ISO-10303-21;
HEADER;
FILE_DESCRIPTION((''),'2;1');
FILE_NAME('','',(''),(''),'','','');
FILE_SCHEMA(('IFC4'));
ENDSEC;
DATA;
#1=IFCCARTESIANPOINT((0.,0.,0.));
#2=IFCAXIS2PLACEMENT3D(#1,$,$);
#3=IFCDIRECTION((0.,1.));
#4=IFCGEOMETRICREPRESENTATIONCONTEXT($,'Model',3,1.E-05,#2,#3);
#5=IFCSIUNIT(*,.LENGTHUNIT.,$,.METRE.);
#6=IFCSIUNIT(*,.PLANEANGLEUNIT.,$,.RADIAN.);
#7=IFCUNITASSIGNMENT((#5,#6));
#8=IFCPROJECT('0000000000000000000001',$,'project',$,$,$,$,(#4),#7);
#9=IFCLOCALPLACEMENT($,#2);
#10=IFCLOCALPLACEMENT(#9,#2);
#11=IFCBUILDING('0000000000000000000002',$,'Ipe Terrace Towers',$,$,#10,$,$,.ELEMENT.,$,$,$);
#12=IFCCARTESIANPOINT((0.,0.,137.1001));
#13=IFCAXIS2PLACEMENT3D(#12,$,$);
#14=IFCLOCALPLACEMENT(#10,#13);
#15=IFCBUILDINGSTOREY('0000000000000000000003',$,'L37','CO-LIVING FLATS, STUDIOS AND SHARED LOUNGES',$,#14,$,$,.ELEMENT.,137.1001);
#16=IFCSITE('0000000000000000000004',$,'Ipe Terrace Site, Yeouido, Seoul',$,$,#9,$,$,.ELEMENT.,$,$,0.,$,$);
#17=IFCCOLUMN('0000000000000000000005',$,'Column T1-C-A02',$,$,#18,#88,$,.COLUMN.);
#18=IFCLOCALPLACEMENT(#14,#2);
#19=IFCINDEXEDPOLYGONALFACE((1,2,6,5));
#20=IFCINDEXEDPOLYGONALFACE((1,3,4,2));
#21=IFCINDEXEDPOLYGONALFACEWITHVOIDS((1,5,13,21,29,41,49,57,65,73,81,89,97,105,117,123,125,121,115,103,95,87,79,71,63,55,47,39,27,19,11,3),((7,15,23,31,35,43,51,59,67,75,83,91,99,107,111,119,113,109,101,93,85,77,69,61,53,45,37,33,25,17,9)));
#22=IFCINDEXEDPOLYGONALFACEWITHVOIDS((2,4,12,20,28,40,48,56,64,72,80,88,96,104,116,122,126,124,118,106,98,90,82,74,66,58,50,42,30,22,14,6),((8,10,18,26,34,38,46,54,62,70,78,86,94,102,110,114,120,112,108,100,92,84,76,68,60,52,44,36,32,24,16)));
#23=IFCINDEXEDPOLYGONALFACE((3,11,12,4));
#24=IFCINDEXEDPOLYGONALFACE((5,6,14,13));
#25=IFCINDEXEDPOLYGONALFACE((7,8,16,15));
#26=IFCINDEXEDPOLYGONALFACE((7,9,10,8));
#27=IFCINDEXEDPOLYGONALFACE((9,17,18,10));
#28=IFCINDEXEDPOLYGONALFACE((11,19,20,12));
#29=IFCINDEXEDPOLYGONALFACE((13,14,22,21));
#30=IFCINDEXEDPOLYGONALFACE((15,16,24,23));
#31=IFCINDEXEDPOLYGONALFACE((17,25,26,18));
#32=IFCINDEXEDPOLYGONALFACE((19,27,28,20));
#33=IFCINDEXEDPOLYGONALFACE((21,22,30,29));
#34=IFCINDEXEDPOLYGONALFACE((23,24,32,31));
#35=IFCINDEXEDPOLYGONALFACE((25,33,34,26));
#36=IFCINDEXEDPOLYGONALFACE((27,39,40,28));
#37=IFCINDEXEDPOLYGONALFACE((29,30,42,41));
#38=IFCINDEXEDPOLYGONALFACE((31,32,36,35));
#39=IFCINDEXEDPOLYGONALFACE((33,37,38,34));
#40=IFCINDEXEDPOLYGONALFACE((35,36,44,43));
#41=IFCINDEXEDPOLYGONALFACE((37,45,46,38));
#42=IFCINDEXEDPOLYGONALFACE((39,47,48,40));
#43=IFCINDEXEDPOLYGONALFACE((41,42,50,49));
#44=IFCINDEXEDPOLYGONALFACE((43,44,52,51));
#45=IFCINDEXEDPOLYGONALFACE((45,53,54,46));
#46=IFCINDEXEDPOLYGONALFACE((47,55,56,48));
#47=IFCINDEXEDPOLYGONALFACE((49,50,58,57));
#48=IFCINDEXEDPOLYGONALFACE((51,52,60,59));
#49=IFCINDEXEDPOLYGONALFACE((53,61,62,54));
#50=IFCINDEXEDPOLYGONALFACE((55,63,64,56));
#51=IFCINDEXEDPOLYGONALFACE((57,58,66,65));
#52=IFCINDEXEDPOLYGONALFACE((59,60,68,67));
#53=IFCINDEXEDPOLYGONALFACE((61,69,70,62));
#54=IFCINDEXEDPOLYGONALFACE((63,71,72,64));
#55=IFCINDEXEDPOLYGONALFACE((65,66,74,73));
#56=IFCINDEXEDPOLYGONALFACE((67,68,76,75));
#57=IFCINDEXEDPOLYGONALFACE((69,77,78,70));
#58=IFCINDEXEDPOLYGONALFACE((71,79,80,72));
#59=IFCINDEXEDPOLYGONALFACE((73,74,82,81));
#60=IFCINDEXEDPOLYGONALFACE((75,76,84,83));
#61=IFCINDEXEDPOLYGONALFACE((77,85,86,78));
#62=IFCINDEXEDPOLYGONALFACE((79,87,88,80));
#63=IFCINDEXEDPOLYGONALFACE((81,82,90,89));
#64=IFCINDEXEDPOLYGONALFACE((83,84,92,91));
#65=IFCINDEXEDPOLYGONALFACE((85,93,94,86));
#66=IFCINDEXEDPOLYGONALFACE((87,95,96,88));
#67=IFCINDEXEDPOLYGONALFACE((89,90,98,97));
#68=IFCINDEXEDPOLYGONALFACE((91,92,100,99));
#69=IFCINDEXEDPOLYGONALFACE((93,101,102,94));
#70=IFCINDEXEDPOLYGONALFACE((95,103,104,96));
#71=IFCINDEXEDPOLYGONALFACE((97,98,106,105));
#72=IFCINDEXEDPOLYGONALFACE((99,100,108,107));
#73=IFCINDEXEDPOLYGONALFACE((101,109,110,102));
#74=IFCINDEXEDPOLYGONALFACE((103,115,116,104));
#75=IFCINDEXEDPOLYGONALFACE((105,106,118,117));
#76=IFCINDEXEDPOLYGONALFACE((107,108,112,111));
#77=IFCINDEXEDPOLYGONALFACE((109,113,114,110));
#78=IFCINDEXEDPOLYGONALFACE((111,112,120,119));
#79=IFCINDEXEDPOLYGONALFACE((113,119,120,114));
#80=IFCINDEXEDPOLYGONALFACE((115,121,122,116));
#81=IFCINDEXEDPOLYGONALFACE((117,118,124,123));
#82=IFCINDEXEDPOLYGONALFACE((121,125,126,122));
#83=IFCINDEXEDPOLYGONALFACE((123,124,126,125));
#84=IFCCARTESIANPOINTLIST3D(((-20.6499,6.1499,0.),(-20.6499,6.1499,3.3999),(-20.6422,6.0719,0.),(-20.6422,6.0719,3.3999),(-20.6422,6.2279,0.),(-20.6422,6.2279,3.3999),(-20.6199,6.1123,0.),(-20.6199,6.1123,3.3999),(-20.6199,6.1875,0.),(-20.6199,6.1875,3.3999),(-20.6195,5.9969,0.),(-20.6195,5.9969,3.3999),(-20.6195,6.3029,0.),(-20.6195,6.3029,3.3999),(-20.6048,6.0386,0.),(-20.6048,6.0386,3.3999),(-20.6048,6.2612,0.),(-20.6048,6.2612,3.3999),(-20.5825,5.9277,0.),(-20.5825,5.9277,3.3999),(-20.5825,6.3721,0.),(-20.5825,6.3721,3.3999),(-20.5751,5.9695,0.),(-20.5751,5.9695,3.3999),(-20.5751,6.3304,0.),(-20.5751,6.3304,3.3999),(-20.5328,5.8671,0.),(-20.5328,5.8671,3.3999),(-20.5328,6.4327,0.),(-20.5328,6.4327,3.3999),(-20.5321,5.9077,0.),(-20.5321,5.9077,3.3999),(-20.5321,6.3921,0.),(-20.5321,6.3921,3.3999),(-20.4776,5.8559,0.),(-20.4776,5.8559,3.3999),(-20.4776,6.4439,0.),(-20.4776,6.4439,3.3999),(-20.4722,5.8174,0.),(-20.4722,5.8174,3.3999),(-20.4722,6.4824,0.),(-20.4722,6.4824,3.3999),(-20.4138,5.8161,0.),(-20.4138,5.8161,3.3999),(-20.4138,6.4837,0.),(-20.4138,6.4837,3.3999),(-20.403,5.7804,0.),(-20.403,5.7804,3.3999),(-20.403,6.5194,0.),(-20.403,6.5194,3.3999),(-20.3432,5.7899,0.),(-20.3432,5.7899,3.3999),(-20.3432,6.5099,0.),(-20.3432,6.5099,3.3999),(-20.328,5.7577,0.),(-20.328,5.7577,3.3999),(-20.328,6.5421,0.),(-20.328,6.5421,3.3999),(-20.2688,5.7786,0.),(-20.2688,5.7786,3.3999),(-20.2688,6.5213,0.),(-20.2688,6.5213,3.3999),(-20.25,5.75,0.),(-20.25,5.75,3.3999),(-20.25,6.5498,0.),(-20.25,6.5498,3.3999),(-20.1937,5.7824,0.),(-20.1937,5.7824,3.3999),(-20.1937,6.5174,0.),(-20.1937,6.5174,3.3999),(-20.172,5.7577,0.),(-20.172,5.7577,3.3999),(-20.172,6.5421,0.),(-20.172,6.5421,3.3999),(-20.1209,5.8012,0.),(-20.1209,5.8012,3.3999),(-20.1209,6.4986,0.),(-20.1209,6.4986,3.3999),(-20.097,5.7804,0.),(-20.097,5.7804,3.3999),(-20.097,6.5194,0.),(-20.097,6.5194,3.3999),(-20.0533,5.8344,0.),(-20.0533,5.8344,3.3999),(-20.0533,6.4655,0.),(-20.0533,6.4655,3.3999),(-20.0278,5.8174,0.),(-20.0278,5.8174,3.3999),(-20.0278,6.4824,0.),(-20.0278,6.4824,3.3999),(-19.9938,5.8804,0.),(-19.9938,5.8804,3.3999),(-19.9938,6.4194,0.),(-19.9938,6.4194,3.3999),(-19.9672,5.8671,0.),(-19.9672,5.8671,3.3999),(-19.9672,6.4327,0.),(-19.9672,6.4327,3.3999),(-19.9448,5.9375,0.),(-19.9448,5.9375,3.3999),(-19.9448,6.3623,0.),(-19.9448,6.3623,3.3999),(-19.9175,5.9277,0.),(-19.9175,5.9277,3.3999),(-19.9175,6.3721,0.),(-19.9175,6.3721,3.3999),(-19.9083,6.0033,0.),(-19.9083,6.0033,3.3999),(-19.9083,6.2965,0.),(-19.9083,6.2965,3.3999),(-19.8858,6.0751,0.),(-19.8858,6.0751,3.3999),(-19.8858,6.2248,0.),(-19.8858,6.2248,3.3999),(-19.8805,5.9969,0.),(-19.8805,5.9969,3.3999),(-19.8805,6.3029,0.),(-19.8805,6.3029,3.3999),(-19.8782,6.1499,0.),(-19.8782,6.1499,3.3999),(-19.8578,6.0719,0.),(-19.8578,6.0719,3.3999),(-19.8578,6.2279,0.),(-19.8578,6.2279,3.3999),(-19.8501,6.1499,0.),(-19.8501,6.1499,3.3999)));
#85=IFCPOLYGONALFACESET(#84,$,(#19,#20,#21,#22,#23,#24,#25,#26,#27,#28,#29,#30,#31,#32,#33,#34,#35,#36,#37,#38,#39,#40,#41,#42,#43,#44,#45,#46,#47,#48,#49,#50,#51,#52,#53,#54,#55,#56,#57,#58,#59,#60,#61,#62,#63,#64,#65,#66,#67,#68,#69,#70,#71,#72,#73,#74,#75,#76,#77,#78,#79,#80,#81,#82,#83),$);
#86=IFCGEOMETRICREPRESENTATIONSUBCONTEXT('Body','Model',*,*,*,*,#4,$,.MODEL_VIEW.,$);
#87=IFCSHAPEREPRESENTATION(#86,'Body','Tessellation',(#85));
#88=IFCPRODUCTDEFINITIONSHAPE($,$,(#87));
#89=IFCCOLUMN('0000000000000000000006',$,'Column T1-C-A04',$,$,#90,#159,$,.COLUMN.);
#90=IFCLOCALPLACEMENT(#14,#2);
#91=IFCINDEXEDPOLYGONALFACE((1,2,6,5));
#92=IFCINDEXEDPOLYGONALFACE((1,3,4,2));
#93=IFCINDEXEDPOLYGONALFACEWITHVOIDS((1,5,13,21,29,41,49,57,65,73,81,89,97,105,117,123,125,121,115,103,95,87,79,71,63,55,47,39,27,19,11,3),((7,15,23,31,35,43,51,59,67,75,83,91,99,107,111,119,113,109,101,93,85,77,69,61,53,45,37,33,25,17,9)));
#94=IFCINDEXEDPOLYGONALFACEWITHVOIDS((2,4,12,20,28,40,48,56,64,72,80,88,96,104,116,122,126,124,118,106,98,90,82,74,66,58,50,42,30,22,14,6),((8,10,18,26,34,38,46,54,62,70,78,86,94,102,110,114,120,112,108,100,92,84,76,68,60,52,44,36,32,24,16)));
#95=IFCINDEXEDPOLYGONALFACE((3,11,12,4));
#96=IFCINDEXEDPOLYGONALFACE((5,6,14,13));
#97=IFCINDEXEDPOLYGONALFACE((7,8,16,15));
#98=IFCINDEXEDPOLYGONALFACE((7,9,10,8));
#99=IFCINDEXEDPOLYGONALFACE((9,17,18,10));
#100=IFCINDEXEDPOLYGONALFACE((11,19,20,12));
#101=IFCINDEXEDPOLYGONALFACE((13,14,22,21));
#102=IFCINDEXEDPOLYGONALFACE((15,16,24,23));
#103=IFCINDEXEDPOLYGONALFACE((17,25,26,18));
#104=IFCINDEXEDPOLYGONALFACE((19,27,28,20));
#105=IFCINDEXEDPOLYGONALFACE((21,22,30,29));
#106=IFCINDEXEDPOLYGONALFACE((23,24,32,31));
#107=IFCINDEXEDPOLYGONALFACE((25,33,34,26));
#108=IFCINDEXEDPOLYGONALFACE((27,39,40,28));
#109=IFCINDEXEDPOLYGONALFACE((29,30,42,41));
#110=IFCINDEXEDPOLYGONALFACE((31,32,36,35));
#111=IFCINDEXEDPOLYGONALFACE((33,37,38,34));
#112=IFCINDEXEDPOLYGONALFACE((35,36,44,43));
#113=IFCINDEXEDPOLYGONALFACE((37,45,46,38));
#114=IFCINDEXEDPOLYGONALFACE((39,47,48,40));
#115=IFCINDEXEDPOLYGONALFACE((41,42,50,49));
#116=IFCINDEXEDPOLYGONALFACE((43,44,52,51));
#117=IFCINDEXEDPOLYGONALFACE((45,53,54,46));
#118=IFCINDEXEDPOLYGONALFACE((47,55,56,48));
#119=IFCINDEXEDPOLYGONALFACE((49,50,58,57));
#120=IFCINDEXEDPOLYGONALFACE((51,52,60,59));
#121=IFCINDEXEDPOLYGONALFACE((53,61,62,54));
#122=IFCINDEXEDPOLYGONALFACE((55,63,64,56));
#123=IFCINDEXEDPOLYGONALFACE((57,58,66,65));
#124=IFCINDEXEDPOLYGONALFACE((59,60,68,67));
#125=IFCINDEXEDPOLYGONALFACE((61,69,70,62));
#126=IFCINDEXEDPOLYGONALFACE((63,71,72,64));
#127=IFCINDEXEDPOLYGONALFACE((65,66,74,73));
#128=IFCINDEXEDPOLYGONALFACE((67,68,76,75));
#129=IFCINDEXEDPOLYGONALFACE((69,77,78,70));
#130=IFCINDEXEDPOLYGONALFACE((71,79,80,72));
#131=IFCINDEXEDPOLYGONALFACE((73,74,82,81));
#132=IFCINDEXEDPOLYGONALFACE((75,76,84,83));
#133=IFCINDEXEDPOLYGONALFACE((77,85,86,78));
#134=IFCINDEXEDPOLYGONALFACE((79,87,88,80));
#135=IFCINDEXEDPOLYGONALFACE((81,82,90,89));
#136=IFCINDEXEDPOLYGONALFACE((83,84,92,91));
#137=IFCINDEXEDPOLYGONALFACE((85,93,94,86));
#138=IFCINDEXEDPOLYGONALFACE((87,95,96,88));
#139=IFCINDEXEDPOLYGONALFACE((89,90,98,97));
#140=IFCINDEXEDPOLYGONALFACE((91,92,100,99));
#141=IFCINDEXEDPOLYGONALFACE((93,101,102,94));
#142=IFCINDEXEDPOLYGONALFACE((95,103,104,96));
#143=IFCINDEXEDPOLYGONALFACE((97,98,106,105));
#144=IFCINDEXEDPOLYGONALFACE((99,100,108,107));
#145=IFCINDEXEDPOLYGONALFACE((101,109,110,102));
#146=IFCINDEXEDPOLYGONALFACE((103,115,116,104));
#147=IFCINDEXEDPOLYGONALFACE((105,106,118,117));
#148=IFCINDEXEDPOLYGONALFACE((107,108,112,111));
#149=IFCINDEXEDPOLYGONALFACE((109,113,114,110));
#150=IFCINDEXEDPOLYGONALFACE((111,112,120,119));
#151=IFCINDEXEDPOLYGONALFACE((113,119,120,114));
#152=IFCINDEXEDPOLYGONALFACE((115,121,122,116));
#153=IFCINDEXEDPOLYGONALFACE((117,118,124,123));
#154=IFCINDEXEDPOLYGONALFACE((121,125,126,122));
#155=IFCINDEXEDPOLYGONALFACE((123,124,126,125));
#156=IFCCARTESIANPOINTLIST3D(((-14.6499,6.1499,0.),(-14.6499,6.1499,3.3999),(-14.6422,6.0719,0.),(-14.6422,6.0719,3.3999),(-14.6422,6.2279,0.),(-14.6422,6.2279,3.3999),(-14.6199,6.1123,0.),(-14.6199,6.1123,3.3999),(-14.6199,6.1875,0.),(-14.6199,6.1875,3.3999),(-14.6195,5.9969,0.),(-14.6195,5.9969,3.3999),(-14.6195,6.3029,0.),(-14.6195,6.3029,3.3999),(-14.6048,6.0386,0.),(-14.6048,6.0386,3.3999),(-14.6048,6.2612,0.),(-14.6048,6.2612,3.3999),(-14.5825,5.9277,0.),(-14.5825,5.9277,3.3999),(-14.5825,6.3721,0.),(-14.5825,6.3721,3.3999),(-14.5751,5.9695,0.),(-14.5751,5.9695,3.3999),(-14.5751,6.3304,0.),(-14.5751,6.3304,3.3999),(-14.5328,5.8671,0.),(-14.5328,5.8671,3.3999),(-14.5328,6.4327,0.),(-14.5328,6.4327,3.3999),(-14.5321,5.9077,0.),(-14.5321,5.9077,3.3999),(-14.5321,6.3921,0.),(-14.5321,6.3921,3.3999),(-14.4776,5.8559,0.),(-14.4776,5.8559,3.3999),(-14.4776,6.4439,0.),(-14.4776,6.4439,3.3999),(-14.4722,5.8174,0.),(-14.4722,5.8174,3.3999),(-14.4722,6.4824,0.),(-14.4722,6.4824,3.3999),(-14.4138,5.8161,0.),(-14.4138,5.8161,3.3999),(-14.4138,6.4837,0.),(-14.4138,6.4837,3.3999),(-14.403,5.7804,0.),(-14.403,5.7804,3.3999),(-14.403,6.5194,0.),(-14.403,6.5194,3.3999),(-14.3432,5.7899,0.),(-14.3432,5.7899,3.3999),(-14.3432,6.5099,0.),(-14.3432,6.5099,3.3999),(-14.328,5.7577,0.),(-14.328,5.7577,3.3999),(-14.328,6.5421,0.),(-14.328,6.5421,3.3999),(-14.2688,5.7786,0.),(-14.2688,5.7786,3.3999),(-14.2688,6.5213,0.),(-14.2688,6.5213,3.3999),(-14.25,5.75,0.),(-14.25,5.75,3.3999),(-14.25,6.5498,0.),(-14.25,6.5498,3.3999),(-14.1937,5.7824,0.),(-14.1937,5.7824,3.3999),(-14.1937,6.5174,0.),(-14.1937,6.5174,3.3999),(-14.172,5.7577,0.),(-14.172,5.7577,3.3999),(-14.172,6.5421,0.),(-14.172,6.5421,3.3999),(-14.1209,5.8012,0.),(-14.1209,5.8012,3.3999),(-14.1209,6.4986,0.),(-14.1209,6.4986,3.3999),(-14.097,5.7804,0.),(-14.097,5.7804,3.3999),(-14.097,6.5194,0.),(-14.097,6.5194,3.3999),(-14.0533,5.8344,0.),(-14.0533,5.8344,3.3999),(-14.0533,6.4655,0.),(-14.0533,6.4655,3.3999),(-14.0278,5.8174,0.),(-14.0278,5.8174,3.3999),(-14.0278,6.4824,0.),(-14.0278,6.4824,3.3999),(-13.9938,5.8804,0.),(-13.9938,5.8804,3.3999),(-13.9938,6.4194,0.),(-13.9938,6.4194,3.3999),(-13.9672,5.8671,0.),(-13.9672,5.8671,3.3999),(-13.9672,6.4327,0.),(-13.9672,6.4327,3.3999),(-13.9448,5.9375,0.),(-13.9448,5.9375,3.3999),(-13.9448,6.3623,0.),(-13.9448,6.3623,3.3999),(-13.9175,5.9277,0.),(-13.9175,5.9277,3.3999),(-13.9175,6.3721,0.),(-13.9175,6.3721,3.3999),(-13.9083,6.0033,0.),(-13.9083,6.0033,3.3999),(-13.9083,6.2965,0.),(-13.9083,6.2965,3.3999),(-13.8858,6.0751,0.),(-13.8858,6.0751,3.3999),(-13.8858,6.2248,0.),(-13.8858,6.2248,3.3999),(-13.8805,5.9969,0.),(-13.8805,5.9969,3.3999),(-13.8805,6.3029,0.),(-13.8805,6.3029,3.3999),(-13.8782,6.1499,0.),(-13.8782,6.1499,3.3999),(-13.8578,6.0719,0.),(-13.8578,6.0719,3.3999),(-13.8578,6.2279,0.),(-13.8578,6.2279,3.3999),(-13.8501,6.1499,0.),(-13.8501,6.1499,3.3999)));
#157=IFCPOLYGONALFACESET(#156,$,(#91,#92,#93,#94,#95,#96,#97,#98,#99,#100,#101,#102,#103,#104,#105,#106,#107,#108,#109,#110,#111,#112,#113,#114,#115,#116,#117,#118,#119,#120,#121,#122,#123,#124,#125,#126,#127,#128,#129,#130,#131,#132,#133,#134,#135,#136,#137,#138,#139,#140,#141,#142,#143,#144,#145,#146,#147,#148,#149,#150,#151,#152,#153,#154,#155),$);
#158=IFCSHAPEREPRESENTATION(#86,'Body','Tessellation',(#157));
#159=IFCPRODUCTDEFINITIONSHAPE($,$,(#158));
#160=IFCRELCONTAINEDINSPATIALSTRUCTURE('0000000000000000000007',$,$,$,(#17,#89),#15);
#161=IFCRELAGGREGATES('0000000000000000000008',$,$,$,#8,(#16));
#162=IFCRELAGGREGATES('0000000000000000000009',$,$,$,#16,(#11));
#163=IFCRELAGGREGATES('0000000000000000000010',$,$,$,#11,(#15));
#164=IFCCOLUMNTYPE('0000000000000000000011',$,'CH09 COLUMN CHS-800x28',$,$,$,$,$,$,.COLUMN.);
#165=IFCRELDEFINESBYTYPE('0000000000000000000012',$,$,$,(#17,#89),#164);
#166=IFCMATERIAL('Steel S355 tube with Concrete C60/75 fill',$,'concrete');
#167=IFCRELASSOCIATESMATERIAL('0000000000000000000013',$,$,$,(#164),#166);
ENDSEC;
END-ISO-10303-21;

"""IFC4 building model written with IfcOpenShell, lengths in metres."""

from ifc_helpers import new_model, si_unit, direction, frame, origin, origin_2d, place, context, subcontext, project, spatial, hollow_circle, extrude, material, material_profile, profile_set, type_object, element, save


model = new_model("IFC4")

# Units and contexts
model_context = context("Model", 3, precision=1e-05, world=origin(), true_north=direction((0.0, 1.0)))
body_context = subcontext(model_context, "Body", "Model", "MODEL_VIEW")
ifc_project = project(units=[si_unit("LENGTHUNIT", "METRE"), si_unit("PLANEANGLEUNIT", "RADIAN")], contexts=[model_context])

# Site, building, storey
site_placement = place(None, origin())
site = spatial("IfcSite", under=ifc_project, at=site_placement, Name="Ipe Terrace Site, Yeouido, Seoul", CompositionType="ELEMENT", RefElevation=0.0)
building_placement = place(site_placement, origin())
building = spatial("IfcBuilding", under=site, at=building_placement, Name="Ipe Terrace Towers", CompositionType="ELEMENT")
storey_placement = place(building_placement, frame((0.0, 0.0, 137.1001)))
storey = spatial("IfcBuildingStorey", under=building, at=storey_placement, Name="L37", Description="CO-LIVING FLATS, STUDIOS AND SHARED LOUNGES", CompositionType="ELEMENT", Elevation=137.1001)

# Columns
ifc_material_1 = material(Name="Steel S355 tube with Concrete C60/75 fill", Category="concrete")
ifc_material_profile_1 = material_profile(ifc_material_1, hollow_circle(Radius=0.3999, WallThickness=0.0281, at=origin_2d()), Name="CHS-800x28")
ifc_profile_set_1 = profile_set([ifc_material_profile_1], Name="Steel S355 tube with Concrete C60/75 fill")
column_type = type_object("IfcColumnType", Name="CH09 COLUMN CHS-800x28", PredefinedType="COLUMN", material=ifc_profile_set_1)
for number, where, z_axis, x_axis, name in (
    (1, (-20.25, 6.1499, 0.0), (0.0, 0.0, 1.0), (1.0, 0.0, 0.0), "Column T1-C-A02"),
    (2, (-14.25, 6.1499, 0.0), (0.0, 0.0, 1.0), (1.0, 0.0, 0.0), "Column T1-C-A04"),
):
    element("IfcColumn", number, at=place(storey_placement, frame(where, z_axis=z_axis, x_axis=x_axis)), inside=storey, type_object=column_type, Name=name, PredefinedType="COLUMN", context=body_context, shape_type="SweptSolid", body=[
        extrude(hollow_circle(Radius=0.3999, WallThickness=0.0281, at=origin_2d()), origin(), (0.0, 0.0, 1.0), 3.3999),
    ])

save(model, "model.ifc")
